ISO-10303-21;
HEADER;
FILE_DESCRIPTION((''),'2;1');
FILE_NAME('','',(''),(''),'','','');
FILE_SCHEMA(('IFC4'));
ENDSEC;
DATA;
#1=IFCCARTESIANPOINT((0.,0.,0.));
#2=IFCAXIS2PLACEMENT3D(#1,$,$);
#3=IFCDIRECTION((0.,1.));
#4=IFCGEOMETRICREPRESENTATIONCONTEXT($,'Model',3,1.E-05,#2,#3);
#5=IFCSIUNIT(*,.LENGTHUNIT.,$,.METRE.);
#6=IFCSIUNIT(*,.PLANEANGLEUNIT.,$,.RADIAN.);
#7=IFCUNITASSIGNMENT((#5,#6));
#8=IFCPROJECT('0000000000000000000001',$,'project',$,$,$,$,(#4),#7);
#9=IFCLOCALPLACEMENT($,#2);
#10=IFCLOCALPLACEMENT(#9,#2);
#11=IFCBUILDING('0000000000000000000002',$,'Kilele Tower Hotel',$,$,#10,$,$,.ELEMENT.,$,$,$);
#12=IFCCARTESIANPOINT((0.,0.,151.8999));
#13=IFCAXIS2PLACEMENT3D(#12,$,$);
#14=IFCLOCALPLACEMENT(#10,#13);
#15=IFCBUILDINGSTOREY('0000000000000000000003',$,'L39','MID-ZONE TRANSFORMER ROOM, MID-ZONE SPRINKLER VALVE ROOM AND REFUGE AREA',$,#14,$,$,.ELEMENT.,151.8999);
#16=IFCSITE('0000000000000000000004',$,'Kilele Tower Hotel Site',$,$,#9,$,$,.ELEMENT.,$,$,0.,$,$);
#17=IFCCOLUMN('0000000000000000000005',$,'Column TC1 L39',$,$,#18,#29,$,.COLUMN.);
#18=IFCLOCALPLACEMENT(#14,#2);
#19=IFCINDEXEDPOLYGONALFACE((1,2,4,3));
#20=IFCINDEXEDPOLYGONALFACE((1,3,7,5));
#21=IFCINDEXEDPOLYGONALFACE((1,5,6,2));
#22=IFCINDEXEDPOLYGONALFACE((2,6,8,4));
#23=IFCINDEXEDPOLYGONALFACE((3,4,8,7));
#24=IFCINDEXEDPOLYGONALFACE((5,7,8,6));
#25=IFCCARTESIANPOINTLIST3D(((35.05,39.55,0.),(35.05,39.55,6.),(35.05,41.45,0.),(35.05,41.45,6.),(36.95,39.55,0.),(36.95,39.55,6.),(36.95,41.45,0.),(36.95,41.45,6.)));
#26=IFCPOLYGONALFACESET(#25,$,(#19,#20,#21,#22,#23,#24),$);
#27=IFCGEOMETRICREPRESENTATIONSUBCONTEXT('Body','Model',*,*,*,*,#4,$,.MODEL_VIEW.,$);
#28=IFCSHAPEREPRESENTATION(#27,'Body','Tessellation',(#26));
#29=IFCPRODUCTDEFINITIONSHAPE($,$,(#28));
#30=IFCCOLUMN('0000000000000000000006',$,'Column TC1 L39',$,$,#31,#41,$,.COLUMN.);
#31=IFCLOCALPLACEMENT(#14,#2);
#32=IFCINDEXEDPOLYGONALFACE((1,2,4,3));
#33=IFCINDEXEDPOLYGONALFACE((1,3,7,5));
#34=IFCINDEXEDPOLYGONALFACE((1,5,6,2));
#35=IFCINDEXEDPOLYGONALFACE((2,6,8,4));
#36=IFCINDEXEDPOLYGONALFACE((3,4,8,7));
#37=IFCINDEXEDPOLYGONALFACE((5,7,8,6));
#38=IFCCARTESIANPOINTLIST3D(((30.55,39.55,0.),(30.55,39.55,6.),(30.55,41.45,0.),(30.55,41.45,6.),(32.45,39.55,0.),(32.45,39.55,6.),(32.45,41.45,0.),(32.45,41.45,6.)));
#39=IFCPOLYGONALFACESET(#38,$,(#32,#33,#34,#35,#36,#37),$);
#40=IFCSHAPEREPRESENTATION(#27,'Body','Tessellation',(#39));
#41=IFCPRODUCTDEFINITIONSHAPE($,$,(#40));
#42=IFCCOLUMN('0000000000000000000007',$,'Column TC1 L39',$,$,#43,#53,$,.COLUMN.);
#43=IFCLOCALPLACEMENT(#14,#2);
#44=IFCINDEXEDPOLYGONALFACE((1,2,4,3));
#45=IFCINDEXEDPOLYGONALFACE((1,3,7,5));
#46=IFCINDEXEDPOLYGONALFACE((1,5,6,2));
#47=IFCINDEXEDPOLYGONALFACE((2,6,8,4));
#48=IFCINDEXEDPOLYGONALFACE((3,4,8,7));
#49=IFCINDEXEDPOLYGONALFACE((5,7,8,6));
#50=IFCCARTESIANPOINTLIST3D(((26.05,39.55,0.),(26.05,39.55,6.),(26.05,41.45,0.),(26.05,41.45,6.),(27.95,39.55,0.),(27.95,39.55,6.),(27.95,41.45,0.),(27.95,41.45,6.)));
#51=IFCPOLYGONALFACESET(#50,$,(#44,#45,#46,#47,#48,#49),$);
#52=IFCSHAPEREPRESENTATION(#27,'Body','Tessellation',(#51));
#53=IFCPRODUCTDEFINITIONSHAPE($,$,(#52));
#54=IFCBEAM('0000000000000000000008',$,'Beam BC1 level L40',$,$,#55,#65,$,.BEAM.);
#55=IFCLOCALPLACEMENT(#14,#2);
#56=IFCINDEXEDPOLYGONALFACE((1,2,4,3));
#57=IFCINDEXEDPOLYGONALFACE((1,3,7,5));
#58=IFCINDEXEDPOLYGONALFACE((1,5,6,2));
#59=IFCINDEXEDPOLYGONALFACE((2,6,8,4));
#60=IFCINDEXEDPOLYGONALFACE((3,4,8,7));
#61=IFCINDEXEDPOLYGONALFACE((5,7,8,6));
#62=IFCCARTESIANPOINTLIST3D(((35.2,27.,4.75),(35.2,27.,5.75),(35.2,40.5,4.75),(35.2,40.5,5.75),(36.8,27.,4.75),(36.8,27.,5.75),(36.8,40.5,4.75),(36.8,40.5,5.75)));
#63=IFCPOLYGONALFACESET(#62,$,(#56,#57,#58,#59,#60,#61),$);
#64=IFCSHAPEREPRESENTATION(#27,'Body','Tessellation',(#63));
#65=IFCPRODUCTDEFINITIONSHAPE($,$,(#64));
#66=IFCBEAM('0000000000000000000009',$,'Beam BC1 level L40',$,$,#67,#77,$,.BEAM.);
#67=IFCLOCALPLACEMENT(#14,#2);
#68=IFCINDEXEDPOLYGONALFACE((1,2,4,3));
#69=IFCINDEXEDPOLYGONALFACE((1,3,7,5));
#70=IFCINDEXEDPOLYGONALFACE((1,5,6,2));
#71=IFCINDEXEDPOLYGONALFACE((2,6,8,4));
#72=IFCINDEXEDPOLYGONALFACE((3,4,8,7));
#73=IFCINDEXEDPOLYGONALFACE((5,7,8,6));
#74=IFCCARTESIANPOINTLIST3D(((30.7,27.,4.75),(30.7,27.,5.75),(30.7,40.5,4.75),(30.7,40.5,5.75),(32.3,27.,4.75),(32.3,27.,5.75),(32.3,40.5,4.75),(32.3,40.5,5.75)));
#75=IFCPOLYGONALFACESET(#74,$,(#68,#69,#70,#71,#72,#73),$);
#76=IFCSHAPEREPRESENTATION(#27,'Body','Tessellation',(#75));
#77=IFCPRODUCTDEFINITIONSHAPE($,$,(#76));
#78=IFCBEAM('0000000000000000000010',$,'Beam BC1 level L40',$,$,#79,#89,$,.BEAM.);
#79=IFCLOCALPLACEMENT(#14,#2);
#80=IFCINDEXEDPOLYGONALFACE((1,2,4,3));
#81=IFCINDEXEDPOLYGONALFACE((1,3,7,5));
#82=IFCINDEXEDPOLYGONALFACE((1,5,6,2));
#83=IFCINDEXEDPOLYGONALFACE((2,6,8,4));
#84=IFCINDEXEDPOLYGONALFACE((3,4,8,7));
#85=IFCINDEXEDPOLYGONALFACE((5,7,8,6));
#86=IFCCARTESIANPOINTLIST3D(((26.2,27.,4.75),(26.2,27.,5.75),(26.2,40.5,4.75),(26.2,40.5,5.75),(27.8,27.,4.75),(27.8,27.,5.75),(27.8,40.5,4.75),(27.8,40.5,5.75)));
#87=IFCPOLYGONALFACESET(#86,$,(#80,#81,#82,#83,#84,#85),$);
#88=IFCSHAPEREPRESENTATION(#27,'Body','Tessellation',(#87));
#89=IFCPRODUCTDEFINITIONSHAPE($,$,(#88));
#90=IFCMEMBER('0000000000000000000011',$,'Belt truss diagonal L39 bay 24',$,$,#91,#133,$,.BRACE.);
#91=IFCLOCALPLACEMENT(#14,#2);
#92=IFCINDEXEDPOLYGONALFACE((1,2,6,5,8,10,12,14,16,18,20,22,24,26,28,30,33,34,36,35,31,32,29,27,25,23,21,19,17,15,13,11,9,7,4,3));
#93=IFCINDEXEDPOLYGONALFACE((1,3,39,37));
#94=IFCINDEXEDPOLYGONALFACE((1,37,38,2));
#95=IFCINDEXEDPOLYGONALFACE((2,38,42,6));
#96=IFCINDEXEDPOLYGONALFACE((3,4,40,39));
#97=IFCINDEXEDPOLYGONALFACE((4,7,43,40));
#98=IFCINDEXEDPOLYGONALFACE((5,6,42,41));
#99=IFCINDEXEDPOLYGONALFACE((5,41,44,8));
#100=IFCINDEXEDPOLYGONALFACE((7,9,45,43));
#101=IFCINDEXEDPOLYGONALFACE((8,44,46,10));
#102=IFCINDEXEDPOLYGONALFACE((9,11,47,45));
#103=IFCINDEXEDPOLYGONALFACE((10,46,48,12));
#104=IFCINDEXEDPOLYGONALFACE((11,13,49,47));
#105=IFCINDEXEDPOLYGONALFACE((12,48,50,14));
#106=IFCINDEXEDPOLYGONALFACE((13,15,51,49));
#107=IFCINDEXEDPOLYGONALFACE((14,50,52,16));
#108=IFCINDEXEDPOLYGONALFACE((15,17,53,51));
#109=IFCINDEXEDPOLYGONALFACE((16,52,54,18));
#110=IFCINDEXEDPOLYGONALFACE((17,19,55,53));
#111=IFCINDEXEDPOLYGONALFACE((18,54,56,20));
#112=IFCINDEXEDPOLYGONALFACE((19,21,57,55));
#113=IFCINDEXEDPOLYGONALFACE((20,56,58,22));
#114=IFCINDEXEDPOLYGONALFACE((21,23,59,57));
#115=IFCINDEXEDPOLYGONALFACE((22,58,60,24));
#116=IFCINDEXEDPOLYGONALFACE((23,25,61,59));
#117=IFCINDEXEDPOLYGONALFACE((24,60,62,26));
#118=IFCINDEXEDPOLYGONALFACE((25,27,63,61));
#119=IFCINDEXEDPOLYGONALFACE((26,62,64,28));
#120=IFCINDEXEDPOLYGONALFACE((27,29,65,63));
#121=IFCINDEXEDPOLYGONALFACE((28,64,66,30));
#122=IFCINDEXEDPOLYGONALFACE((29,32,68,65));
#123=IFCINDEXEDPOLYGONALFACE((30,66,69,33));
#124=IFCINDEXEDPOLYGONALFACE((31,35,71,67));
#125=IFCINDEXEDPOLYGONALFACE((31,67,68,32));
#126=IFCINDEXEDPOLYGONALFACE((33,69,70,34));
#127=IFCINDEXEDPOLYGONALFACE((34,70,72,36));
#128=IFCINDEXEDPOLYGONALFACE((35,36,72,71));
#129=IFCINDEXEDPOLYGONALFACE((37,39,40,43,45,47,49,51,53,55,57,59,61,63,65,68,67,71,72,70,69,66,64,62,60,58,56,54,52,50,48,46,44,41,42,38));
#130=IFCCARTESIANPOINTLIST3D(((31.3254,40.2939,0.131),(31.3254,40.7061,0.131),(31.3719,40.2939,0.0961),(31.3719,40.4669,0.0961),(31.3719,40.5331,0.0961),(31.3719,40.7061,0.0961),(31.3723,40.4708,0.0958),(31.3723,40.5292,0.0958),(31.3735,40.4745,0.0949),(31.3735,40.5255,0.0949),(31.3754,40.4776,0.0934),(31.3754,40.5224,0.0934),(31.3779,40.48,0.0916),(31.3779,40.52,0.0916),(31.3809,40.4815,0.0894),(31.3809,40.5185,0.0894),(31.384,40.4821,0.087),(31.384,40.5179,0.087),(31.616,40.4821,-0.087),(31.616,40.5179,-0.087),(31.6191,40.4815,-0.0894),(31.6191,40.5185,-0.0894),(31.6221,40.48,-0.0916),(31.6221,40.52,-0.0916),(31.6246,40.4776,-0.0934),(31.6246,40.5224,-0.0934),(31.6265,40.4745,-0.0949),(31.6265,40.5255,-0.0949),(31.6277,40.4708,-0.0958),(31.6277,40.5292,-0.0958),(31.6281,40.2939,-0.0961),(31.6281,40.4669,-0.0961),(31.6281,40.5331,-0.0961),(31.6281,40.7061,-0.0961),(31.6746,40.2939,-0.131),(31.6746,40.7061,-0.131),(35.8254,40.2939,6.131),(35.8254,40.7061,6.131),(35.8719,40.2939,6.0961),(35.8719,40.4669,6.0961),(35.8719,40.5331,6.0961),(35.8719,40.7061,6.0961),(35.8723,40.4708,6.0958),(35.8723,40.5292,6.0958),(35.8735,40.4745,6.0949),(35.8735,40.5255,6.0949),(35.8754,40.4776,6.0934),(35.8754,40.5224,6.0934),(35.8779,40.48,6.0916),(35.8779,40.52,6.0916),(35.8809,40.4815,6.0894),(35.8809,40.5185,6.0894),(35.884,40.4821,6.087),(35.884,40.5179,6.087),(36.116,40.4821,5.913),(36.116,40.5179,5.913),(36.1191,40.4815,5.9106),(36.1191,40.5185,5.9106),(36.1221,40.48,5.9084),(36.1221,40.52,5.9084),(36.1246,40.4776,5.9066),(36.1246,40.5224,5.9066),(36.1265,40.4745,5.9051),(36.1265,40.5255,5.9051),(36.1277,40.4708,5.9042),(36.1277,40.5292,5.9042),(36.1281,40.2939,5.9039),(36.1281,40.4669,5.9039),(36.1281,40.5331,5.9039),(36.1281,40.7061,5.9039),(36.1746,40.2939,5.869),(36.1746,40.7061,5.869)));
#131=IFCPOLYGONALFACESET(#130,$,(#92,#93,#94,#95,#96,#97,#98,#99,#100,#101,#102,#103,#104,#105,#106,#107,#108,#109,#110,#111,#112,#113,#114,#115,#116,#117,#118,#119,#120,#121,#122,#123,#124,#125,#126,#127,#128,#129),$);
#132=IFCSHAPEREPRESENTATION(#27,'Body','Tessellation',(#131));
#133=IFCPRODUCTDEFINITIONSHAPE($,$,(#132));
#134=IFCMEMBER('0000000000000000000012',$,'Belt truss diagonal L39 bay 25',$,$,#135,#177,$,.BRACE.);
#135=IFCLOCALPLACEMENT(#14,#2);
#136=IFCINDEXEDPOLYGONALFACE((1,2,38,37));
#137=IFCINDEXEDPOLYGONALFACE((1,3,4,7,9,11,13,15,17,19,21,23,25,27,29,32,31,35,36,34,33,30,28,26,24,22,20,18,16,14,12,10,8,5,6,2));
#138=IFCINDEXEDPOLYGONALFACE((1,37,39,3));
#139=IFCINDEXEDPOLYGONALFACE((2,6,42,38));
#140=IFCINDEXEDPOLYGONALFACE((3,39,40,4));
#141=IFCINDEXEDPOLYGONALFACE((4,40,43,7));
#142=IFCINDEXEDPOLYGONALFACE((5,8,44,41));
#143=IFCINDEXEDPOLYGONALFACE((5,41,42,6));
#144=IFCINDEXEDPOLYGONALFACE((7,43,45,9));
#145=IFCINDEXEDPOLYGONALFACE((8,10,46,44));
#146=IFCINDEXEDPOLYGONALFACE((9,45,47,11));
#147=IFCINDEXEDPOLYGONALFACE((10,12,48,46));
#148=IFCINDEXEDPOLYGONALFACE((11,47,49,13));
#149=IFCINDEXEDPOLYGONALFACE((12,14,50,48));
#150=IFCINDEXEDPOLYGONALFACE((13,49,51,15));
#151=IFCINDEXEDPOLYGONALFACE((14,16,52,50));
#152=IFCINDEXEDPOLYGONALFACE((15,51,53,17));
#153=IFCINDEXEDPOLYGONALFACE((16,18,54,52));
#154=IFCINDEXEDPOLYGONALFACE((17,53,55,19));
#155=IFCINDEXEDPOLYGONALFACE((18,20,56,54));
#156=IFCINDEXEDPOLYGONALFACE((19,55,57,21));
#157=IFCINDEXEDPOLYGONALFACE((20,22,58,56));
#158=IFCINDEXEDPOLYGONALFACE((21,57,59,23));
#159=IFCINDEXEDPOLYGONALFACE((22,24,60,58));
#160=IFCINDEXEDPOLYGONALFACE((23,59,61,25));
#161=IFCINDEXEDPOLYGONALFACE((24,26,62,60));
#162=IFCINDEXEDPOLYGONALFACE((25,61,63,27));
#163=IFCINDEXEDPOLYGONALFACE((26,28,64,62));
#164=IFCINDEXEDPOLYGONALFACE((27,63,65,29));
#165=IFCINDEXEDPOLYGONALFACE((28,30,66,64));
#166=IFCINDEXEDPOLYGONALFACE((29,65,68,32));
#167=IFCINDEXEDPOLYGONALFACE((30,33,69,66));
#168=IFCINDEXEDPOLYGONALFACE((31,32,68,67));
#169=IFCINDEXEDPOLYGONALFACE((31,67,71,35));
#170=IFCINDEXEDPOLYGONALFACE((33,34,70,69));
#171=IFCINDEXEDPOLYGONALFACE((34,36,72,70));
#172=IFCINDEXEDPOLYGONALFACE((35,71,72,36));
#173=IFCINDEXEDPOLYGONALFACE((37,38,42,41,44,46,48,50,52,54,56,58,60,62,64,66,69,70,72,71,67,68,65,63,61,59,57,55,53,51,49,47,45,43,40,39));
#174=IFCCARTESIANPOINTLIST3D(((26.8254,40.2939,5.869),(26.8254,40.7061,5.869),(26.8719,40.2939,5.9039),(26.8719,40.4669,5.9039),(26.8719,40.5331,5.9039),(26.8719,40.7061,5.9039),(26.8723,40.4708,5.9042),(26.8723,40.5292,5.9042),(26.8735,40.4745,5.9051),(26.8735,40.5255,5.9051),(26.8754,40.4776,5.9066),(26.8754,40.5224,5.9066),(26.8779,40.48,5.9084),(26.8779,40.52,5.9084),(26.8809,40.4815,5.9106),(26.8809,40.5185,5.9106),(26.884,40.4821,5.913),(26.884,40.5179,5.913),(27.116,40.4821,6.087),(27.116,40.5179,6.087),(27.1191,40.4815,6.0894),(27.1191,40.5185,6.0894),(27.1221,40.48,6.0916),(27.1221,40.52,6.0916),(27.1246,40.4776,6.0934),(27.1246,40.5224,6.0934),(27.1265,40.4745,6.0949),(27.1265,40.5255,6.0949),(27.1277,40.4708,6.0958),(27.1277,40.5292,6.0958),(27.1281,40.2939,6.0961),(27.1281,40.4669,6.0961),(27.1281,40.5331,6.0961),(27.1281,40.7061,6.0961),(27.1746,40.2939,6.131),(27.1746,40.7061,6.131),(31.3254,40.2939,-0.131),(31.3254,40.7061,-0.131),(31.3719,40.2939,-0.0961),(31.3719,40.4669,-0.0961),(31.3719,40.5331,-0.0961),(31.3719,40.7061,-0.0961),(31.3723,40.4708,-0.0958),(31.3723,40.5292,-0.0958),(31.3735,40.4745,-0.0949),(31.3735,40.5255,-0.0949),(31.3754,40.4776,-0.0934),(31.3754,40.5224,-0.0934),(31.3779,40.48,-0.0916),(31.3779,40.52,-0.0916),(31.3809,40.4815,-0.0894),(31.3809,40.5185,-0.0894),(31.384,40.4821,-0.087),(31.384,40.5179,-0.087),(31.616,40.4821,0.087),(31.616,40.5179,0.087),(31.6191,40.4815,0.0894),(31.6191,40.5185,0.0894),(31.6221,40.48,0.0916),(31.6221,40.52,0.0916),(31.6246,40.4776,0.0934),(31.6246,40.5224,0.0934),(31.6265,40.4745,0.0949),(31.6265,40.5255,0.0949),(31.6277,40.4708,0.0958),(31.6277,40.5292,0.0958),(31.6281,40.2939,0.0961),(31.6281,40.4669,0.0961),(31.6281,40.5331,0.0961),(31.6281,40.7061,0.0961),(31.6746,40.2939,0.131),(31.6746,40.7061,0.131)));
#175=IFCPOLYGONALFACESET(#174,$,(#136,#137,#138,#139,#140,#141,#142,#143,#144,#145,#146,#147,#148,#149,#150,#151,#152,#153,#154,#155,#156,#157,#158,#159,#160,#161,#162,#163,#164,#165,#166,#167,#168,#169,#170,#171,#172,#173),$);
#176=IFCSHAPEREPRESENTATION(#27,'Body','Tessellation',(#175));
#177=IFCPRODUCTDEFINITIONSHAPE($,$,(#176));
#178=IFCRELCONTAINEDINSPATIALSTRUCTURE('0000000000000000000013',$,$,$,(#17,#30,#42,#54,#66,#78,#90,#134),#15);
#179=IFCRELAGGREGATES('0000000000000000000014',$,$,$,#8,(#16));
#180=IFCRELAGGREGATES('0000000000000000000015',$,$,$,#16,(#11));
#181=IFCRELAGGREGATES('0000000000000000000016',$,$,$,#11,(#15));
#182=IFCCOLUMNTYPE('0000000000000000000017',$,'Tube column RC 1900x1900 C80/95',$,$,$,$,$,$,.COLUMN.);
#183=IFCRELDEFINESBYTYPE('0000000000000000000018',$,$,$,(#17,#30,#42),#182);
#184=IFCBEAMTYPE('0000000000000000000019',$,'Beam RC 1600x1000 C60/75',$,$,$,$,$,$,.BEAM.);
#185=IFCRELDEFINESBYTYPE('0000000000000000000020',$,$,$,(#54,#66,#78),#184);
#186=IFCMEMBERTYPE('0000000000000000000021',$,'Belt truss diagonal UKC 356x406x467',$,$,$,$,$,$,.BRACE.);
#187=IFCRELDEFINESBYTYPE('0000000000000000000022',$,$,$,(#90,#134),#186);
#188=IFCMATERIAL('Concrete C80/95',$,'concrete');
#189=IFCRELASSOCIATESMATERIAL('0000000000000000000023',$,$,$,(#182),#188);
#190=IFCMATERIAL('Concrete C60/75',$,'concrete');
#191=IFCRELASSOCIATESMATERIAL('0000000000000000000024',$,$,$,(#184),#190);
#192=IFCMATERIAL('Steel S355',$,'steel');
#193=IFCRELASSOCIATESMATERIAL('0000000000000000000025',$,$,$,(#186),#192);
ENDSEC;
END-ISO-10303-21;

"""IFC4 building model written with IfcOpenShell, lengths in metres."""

from ifc_helpers import new_model, si_unit, direction, frame, origin, origin_2d, place, context, subcontext, project, spatial, rectangle, i_section, extrude, material, material_profile, profile_set, type_object, element, save


model = new_model("IFC4")

# Units and contexts
model_context = context("Model", 3, precision=1e-05, world=origin(), true_north=direction((0.0, 1.0)))
body_context = subcontext(model_context, "Body", "Model", "MODEL_VIEW")
ifc_project = project(units=[si_unit("LENGTHUNIT", "METRE"), si_unit("PLANEANGLEUNIT", "RADIAN")], contexts=[model_context])

# Site, building, storey
site_placement = place(None, origin())
site = spatial("IfcSite", under=ifc_project, at=site_placement, Name="Kilele Tower Hotel Site", CompositionType="ELEMENT", RefElevation=0.0)
building_placement = place(site_placement, origin())
building = spatial("IfcBuilding", under=site, at=building_placement, Name="Kilele Tower Hotel", CompositionType="ELEMENT")
storey_placement = place(building_placement, frame((0.0, 0.0, 151.8999)))
storey = spatial("IfcBuildingStorey", under=building, at=storey_placement, Name="L39", Description="MID-ZONE TRANSFORMER ROOM, MID-ZONE SPRINKLER VALVE ROOM AND REFUGE AREA", CompositionType="ELEMENT", Elevation=151.8999)

# Columns
ifc_material_1 = material(Name="Concrete C80/95", Category="concrete")
ifc_material_profile_1 = material_profile(ifc_material_1, rectangle(XDim=1.8999, YDim=1.8999, at=origin_2d()))
ifc_profile_set_1 = profile_set([ifc_material_profile_1], Name="Concrete C80/95")
column_type = type_object("IfcColumnType", Name="Tube column RC 1900x1900 C80/95", PredefinedType="COLUMN", material=ifc_profile_set_1)
for number, where, z_axis, x_axis, name in (
    (1, (36.0, 40.5, 0.0), (0.0, 0.0, 1.0), (1.0, 0.0, 0.0), "Column TC1 L39"),
    (2, (31.5, 40.5, 0.0), (0.0, 0.0, 1.0), (1.0, 0.0, 0.0), "Column TC1 L39"),
    (3, (27.0, 40.5, 0.0), (0.0, 0.0, 1.0), (1.0, 0.0, 0.0), "Column TC1 L39"),
):
    element("IfcColumn", number, at=place(storey_placement, frame(where, z_axis=z_axis, x_axis=x_axis)), inside=storey, type_object=column_type, Name=name, PredefinedType="COLUMN", context=body_context, shape_type="SweptSolid", body=[
        extrude(rectangle(XDim=1.8999, YDim=1.8999, at=origin_2d()), origin(), (0.0, 0.0, 1.0), 6.0),
    ])

# Beams
ifc_material_2 = material(Name="Concrete C60/75", Category="concrete")
ifc_material_profile_2 = material_profile(ifc_material_2, rectangle(XDim=1.6001, YDim=1.0, at=origin_2d()))
ifc_profile_set_2 = profile_set([ifc_material_profile_2], Name="Concrete C60/75")
beam_type_1 = type_object("IfcBeamType", Name="Beam RC 1600x1000 C60/75", PredefinedType="BEAM", material=ifc_profile_set_2)
for number, where, z_axis, x_axis, name in (
    (4, (36.0, 40.5, 5.25), (0.0, -1.0, 0.0), (1.0, 0.0, 0.0), "Beam BC1 level L40"),
    (5, (31.5, 40.5, 5.25), (0.0, -1.0, 0.0), (1.0, 0.0, 0.0), "Beam BC1 level L40"),
    (6, (27.0, 40.5, 5.25), (0.0, -1.0, 0.0), (1.0, 0.0, 0.0), "Beam BC1 level L40"),
):
    element("IfcBeam", number, at=place(storey_placement, frame(where, z_axis=z_axis, x_axis=x_axis)), inside=storey, type_object=beam_type_1, Name=name, PredefinedType="BEAM", context=body_context, shape_type="SweptSolid", body=[
        extrude(rectangle(XDim=1.6001, YDim=1.0, at=origin_2d()), origin(), (0.0, 0.0, 1.0), 13.5),
    ])

# Members
ifc_material_3 = material(Name="Steel S355", Category="steel")
ifc_material_profile_3 = material_profile(ifc_material_3, i_section(OverallWidth=0.4121, OverallDepth=0.4365, WebThickness=0.0359, FlangeThickness=0.0581, FilletRadius=0.0151, at=origin_2d()))
ifc_profile_set_3 = profile_set([ifc_material_profile_3], Name="Steel S355")
member_type = type_object("IfcMemberType", Name="Belt truss diagonal UKC 356x406x467", PredefinedType="BRACE", material=ifc_profile_set_3)
for number, where, z_axis, x_axis, name in (
    (7, (36.0, 40.5, 6.0), (-0.6, 0.0, -0.8), (0.0, -1.0, 0.0), "Belt truss diagonal L39 bay 24"),
    (8, (31.5, 40.5, 0.0), (-0.6, 0.0, 0.8), (0.0, -1.0, 0.0), "Belt truss diagonal L39 bay 25"),
):
    element("IfcMember", number, at=place(storey_placement, frame(where, z_axis=z_axis, x_axis=x_axis)), inside=storey, type_object=member_type, Name=name, PredefinedType="BRACE", context=body_context, shape_type="SweptSolid", body=[
        extrude(i_section(OverallWidth=0.4121, OverallDepth=0.4365, WebThickness=0.0359, FlangeThickness=0.0581, FilletRadius=0.0151, at=origin_2d()), origin(), (0.0, 0.0, 1.0), 7.5),
    ])

save(model, "model.ifc")
